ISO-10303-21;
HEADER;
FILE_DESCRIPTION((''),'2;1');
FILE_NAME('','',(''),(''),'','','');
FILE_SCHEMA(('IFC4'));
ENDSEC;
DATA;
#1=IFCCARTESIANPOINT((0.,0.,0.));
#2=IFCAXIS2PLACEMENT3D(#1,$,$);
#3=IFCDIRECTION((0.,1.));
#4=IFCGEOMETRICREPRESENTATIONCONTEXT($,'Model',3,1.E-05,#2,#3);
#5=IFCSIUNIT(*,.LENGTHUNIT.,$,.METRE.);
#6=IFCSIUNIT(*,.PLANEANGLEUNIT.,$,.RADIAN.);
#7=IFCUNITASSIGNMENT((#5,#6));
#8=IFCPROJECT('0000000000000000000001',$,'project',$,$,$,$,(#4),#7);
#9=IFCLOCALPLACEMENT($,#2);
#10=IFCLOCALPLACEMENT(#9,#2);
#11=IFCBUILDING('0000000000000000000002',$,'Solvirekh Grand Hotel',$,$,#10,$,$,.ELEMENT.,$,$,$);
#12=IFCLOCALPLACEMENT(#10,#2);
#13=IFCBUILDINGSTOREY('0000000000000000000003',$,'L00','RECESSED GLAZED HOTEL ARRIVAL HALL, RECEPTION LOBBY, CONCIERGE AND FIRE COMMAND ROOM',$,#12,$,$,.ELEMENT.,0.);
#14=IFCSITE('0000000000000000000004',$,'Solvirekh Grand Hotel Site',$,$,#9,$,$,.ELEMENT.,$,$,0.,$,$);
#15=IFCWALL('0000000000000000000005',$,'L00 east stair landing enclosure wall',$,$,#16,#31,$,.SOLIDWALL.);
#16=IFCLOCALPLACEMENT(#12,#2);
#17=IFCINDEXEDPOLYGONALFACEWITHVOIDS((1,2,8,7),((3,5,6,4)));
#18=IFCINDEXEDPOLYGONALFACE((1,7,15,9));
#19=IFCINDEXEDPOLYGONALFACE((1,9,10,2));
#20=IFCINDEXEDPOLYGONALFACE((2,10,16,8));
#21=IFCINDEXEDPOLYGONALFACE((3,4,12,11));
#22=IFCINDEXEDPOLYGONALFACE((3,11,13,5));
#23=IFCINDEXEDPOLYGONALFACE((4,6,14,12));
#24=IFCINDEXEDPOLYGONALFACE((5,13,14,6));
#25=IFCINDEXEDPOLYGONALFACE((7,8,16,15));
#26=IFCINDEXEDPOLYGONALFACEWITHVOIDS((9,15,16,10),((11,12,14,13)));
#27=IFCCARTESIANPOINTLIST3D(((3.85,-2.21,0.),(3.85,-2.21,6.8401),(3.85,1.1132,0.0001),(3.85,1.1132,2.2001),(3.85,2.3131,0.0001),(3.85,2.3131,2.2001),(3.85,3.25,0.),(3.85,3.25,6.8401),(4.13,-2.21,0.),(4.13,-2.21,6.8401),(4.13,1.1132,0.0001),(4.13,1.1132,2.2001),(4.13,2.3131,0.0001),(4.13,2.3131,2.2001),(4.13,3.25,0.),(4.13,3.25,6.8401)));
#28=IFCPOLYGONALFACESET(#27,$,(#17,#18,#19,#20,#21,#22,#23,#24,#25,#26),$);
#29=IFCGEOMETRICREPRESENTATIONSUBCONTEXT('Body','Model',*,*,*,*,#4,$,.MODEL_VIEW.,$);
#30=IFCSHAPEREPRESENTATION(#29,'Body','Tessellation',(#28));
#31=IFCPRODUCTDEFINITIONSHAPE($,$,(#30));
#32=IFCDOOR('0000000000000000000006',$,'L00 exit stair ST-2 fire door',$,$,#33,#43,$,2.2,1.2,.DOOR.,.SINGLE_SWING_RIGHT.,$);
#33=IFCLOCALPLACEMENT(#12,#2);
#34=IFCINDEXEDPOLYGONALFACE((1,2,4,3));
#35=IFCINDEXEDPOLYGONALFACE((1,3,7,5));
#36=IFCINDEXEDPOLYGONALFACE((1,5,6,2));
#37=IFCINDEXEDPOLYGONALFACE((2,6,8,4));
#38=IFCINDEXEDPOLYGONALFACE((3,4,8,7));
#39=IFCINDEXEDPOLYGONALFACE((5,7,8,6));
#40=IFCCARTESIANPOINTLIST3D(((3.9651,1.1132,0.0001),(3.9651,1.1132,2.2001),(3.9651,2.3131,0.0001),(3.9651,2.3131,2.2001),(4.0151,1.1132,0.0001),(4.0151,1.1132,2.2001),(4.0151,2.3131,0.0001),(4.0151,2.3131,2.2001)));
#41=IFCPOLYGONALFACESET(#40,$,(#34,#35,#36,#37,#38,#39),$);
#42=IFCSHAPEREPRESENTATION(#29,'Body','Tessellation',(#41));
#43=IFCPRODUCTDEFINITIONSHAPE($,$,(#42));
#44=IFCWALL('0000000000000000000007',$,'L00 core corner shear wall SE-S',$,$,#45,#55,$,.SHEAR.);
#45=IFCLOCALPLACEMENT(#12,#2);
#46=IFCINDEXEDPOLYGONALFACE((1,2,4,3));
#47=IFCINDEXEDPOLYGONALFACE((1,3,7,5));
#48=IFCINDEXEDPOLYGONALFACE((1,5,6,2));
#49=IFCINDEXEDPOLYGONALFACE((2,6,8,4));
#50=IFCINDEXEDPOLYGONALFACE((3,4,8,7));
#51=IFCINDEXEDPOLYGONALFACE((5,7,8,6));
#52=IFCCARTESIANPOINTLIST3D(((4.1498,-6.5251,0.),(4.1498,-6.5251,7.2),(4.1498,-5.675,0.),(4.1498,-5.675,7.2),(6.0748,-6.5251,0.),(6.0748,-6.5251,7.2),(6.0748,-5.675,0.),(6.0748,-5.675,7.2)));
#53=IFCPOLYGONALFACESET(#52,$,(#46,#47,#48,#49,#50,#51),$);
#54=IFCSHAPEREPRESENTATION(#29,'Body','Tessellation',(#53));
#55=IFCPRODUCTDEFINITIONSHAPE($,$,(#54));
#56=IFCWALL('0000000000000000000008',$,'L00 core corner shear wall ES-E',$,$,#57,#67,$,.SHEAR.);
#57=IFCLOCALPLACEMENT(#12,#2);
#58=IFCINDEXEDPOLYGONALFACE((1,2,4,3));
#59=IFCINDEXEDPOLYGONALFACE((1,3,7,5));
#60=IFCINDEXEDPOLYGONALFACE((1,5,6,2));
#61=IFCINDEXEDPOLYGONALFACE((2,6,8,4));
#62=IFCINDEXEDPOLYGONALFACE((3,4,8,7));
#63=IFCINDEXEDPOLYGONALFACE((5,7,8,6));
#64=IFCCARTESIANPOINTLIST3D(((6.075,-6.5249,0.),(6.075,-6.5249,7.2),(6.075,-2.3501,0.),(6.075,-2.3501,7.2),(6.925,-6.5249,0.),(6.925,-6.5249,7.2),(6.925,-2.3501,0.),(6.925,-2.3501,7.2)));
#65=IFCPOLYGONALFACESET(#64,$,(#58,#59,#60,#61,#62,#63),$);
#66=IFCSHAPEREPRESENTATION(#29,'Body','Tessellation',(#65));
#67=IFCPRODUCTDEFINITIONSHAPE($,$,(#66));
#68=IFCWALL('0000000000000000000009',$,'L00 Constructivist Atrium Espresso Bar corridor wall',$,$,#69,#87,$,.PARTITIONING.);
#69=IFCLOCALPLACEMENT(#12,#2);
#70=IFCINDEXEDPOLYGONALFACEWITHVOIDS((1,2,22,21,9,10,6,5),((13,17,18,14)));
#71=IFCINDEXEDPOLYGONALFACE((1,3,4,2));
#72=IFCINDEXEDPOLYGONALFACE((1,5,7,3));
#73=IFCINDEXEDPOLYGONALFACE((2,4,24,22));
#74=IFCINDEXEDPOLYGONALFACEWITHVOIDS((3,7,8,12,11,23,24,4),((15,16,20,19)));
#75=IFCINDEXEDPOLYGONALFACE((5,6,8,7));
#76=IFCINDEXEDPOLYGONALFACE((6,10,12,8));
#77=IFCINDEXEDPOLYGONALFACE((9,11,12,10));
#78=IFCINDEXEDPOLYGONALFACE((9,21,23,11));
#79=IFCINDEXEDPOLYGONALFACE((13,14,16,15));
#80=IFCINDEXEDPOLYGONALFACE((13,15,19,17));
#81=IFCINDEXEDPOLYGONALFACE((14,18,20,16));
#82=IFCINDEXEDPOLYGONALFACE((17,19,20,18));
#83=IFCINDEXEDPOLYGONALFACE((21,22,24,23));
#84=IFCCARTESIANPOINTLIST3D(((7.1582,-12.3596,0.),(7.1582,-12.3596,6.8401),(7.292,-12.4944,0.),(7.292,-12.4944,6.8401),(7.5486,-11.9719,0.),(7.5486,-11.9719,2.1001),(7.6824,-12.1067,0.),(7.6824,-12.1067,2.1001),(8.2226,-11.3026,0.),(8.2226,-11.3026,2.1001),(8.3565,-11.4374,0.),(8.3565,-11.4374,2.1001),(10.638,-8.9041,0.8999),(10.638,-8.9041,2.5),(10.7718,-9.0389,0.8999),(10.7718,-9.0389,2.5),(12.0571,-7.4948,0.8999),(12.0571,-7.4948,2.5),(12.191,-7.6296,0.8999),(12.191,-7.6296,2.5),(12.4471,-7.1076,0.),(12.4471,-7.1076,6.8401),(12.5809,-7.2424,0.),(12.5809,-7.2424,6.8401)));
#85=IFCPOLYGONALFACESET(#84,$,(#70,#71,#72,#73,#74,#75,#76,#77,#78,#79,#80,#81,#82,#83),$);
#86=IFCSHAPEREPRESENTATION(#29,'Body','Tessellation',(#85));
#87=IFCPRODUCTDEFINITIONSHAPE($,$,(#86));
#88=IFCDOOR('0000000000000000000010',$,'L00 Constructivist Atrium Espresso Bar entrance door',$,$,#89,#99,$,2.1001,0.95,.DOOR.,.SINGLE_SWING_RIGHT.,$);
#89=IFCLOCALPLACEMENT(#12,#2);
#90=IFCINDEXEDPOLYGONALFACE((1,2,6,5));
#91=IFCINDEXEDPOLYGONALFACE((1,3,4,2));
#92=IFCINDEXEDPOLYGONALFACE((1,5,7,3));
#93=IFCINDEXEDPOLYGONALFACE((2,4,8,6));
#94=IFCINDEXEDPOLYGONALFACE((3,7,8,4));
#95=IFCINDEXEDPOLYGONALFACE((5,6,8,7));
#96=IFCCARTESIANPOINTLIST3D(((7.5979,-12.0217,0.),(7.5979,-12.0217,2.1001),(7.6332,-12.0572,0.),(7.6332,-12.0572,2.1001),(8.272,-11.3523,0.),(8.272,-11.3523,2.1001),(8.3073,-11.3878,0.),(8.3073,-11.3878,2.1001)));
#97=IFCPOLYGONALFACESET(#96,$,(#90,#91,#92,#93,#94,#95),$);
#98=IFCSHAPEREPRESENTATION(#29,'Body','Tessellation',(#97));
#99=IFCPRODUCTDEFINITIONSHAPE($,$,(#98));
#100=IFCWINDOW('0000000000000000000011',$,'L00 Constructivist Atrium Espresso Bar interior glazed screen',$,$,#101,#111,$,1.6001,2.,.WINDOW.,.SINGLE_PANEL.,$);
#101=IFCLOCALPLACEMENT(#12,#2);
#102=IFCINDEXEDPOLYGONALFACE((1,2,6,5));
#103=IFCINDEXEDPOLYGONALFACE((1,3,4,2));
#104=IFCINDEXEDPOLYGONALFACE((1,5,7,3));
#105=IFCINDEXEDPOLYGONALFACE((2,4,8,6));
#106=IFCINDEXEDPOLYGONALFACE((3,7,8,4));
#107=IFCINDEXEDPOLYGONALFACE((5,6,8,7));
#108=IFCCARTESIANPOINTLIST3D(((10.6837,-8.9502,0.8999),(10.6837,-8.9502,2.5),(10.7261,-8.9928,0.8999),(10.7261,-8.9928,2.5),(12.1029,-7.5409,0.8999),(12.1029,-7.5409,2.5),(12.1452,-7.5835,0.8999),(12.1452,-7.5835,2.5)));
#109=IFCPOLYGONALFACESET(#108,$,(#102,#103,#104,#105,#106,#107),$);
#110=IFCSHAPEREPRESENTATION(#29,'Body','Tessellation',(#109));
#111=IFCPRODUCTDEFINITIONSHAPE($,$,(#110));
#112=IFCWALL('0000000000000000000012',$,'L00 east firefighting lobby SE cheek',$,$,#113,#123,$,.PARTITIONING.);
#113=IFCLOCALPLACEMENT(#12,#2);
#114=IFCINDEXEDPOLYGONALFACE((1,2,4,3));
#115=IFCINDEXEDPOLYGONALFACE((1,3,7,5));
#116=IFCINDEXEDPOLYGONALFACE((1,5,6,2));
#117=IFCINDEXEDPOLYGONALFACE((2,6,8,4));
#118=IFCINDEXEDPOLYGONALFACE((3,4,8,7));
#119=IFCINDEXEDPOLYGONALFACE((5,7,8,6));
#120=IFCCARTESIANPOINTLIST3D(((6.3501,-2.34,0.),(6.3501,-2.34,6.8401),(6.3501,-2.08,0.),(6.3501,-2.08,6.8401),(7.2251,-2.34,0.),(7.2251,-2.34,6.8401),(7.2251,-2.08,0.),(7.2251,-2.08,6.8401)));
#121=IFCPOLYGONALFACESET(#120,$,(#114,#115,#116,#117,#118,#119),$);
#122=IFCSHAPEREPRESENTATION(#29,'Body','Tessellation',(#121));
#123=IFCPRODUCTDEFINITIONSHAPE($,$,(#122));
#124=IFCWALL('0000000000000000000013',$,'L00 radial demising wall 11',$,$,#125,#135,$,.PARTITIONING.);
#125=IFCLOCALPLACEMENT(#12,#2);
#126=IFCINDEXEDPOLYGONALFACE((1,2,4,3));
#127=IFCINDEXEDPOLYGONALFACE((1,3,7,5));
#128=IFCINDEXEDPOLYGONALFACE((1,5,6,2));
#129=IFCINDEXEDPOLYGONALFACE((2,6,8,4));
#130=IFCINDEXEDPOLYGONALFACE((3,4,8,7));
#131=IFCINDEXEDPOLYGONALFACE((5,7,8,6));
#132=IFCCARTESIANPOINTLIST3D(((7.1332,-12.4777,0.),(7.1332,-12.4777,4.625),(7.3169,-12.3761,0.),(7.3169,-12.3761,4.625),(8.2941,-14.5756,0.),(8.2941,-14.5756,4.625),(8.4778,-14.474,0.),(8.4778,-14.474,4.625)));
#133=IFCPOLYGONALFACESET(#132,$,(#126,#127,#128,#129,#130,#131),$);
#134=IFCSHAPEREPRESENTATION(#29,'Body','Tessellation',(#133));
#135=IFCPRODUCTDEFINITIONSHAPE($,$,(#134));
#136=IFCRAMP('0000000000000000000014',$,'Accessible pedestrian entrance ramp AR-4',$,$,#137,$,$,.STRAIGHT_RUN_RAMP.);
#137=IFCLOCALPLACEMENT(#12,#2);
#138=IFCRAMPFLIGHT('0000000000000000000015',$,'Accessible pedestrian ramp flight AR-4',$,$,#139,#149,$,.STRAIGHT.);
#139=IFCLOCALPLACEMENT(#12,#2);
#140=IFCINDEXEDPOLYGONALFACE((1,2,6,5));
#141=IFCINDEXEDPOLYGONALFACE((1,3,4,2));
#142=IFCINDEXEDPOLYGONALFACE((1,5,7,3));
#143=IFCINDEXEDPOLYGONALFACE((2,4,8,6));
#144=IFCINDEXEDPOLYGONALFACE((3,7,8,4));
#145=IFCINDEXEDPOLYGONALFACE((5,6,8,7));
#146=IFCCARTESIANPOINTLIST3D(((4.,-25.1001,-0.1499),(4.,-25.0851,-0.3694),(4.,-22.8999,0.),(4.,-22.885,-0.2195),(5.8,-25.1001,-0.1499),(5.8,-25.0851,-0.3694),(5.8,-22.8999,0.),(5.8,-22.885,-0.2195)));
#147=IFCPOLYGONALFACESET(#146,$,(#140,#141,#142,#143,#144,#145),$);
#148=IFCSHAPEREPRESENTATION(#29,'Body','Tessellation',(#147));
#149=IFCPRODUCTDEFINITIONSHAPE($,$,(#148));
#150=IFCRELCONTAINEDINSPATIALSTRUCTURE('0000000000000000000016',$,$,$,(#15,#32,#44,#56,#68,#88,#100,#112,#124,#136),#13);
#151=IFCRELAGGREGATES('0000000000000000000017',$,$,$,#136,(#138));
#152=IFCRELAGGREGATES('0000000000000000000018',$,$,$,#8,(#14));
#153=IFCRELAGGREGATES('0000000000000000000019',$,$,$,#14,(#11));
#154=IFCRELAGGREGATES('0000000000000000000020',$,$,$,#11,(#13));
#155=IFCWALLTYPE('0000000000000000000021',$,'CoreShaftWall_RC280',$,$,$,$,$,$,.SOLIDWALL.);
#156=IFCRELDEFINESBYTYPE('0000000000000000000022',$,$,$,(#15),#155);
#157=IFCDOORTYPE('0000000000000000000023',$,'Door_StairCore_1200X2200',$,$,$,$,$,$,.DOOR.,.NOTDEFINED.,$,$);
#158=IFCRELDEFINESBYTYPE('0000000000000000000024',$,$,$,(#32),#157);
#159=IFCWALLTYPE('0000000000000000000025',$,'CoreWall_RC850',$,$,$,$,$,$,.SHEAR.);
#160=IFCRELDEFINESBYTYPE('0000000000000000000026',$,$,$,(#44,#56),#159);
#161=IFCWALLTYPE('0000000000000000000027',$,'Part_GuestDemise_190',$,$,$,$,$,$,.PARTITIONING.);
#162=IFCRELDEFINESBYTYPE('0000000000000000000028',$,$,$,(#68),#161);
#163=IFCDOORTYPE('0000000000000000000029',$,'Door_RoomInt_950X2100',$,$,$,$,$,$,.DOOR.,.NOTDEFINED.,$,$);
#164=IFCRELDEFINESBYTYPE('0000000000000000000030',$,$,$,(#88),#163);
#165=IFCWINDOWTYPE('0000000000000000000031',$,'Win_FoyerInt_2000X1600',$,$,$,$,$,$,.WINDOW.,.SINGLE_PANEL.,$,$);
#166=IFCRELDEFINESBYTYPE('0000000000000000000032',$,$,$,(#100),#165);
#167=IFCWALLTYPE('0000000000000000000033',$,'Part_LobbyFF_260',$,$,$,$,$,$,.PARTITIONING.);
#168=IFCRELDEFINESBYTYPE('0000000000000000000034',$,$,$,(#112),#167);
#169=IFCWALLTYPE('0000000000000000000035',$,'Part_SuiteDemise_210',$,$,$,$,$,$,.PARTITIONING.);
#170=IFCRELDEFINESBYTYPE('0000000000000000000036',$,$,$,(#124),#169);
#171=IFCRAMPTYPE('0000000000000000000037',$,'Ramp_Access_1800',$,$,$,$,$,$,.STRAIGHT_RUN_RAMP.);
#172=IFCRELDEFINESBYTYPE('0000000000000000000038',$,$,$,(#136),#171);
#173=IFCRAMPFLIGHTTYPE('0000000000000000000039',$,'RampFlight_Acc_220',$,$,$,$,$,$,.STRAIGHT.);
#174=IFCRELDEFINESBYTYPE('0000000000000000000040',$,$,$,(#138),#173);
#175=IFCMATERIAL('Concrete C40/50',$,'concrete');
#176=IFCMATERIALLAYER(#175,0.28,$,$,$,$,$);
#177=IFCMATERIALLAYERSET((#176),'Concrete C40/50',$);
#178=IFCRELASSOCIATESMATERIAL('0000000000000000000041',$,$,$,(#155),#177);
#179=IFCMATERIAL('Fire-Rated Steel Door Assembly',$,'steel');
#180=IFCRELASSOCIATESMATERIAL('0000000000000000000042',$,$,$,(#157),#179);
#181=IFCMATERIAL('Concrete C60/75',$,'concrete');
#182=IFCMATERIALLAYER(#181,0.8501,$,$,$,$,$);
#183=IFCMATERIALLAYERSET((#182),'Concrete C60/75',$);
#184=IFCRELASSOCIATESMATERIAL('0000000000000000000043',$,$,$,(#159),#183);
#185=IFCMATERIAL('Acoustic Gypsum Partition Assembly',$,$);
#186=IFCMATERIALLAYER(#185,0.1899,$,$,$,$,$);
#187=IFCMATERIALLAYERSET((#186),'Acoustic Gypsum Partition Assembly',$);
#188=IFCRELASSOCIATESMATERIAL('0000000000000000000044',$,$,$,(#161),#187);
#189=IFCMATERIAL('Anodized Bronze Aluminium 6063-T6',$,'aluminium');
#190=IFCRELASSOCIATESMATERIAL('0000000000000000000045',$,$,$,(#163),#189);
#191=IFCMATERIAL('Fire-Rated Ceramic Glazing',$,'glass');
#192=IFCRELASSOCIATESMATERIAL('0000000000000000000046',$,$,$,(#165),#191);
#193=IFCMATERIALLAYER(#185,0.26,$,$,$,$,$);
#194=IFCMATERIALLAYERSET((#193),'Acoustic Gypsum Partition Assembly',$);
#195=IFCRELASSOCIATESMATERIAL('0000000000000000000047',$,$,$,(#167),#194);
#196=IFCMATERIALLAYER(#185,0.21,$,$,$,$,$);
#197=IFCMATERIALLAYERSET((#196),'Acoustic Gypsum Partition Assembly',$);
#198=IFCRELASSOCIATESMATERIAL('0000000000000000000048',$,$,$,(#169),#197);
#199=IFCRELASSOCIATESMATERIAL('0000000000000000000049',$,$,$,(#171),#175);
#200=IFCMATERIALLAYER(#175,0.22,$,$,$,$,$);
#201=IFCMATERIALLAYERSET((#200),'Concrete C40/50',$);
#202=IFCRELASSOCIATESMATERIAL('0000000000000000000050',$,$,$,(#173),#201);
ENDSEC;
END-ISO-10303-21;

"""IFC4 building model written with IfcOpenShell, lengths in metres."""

from ifc_helpers import new_model, si_unit, direction, frame, frame_2d, origin, place, context, subcontext, project, spatial, polyline, rectangle, outline, extrude, material, layer, layer_set, type_object, element, fill, aggregate, save


model = new_model("IFC4")

# Units and contexts
model_context = context("Model", 3, precision=1e-05, world=origin(), true_north=direction((0.0, 1.0)))
body_context = subcontext(model_context, "Body", "Model", "MODEL_VIEW")
ifc_project = project(units=[si_unit("LENGTHUNIT", "METRE"), si_unit("PLANEANGLEUNIT", "RADIAN")], contexts=[model_context])

# Site, building, storey
site_placement = place(None, origin())
site = spatial("IfcSite", under=ifc_project, at=site_placement, Name="Solvirekh Grand Hotel Site", CompositionType="ELEMENT", RefElevation=0.0)
building_placement = place(site_placement, origin())
building = spatial("IfcBuilding", under=site, at=building_placement, Name="Solvirekh Grand Hotel", CompositionType="ELEMENT")
storey_placement = place(building_placement, origin())
storey = spatial("IfcBuildingStorey", under=building, at=storey_placement, Name="L00", Description="RECESSED GLAZED HOTEL ARRIVAL HALL, RECEPTION LOBBY, CONCIERGE AND FIRE COMMAND ROOM", CompositionType="ELEMENT", Elevation=0.0)

# Shared definitions
ifc_material_1 = material(Name="Concrete C60/75", Category="concrete")

# Shared definitions
ifc_material_2 = material(Name="Concrete C40/50", Category="concrete")
ifc_layer_1 = layer(ifc_material_2, 0.28)
ifc_layer_set_1 = layer_set([ifc_layer_1], Name="Concrete C40/50")
wall_type_1 = type_object("IfcWallType", Name="CoreShaftWall_RC280", PredefinedType="SOLIDWALL", material=ifc_layer_set_1)

# Shared definitions
ifc_material_3 = material(Name="Fire-Rated Steel Door Assembly", Category="steel")

# Wall, opening, door
wall_1_placement = place(storey_placement, frame((3.99, -2.21, 0.0), z_axis=(0.0, 0.0, 1.0), x_axis=(0.0, 1.0, 0.0)))
wall_1 = element("IfcWall", 1, at=wall_1_placement, inside=storey, type_object=wall_type_1, Name="L00 east stair landing enclosure wall", PredefinedType="SOLIDWALL", context=body_context, shape_type="SweptSolid", body=[
    extrude(rectangle(XDim=5.46, YDim=0.28, at=frame_2d((2.73, 0.0))), origin(), (0.0, 0.0, 1.0), 6.8401),
])
opening_1_placement = place(wall_1_placement, frame((3.323, 0.0, 0.0)))
opening_1 = element("IfcOpeningElement", 2, at=opening_1_placement, cuts=wall_1, PredefinedType="OPENING", context=body_context, shape_type="SweptSolid", body=[
    extrude(rectangle(XDim=1.2, YDim=2.2, at=frame_2d((0.6001, 1.1001))), frame((0.0, 0.1499, 0.0), z_axis=(0.0, -1.0, 0.0), x_axis=(1.0, 0.0, 0.0)), (0.0, 0.0, 1.0), 0.3),
])
door_type_1 = type_object("IfcDoorType", Name="Door_StairCore_1200X2200", OperationType="NOTDEFINED", PredefinedType="DOOR", material=ifc_material_3)
door_1_placement = place(opening_1_placement, origin())
door_1 = element("IfcDoor", 3, at=door_1_placement, inside=storey, type_object=door_type_1, Name="L00 exit stair ST-2 fire door", OperationType="SINGLE_SWING_RIGHT", OverallHeight=2.2, OverallWidth=1.2, PredefinedType="DOOR", context=body_context, shape_type="SweptSolid", body=[
    extrude(rectangle(XDim=1.2, YDim=2.2, at=frame_2d((0.6001, 1.1001))), frame((0.0, 0.0249, 0.0), z_axis=(0.0, -1.0, 0.0), x_axis=(1.0, 0.0, 0.0)), (0.0, 0.0, 1.0), 0.05),
])
fill(opening_1, door_1)

# Walls
ifc_layer_2 = layer(ifc_material_1, 0.8501)
ifc_layer_set_2 = layer_set([ifc_layer_2], Name="Concrete C60/75")
wall_type_2 = type_object("IfcWallType", Name="CoreWall_RC850", PredefinedType="SHEAR", material=ifc_layer_set_2)
wall_2_placement = place(storey_placement, frame((4.1499, -6.1001, 0.0), z_axis=(0.0, 0.0, 1.0), x_axis=(1.0, 0.0, 0.0)))
element("IfcWall", 4, at=wall_2_placement, inside=storey, type_object=wall_type_2, Name="L00 core corner shear wall SE-S", PredefinedType="SHEAR", context=body_context, shape_type="SweptSolid", body=[
    extrude(rectangle(XDim=1.925, YDim=0.8501, at=frame_2d((0.9624, 0.0))), origin(), (0.0, 0.0, 1.0), 7.2),
])
wall_3_placement = place(storey_placement, frame((6.5, -6.5249, 0.0), z_axis=(0.0, 0.0, 1.0), x_axis=(0.0, 1.0, 0.0)))
element("IfcWall", 5, at=wall_3_placement, inside=storey, type_object=wall_type_2, Name="L00 core corner shear wall ES-E", PredefinedType="SHEAR", context=body_context, shape_type="SweptSolid", body=[
    extrude(rectangle(XDim=4.1748, YDim=0.8501, at=frame_2d((2.0874, 0.0))), origin(), (0.0, 0.0, 1.0), 7.2),
])

# Shared definitions
ifc_material_4 = material(Name="Anodized Bronze Aluminium 6063-T6", Category="aluminium")

# Wall, openings, door, window
ifc_material_5 = material(Name="Acoustic Gypsum Partition Assembly")
ifc_layer_3 = layer(ifc_material_5, 0.1899)
ifc_layer_set_3 = layer_set([ifc_layer_3], Name="Acoustic Gypsum Partition Assembly")
wall_type_3 = type_object("IfcWallType", Name="Part_GuestDemise_190", PredefinedType="PARTITIONING", material=ifc_layer_set_3)
wall_4_placement = place(storey_placement, frame((7.2251, -12.427, 0.0), z_axis=(0.0, 0.0, 1.0), x_axis=(0.709575, 0.704629, 0.0)))
wall_4 = element("IfcWall", 6, at=wall_4_placement, inside=storey, type_object=wall_type_3, Name="L00 Constructivist Atrium Espresso Bar corridor wall", PredefinedType="PARTITIONING", context=body_context, shape_type="SweptSolid", body=[
    extrude(rectangle(XDim=7.4536, YDim=0.1899, at=frame_2d((3.7268, 0.0))), origin(), (0.0, 0.0, 1.0), 6.8401),
])
opening_2_placement = place(wall_4_placement, frame((0.55, 0.0, 0.0)))
opening_2 = element("IfcOpeningElement", 7, at=opening_2_placement, cuts=wall_4, PredefinedType="OPENING", context=body_context, shape_type="SweptSolid", body=[
    extrude(rectangle(XDim=0.95, YDim=2.1001, at=frame_2d((0.4751, 1.05))), frame((0.0, 0.105, 0.0), z_axis=(0.0, -1.0, 0.0), x_axis=(1.0, 0.0, 0.0)), (0.0, 0.0, 1.0), 0.21),
])
opening_3_placement = place(wall_4_placement, frame((4.9041, 0.0, 0.8999)))
opening_3 = element("IfcOpeningElement", 8, at=opening_3_placement, cuts=wall_4, PredefinedType="OPENING", context=body_context, shape_type="SweptSolid", body=[
    extrude(rectangle(XDim=2.0, YDim=1.6001, at=frame_2d((1.0, 0.8))), frame((0.0, 0.105, 0.0), z_axis=(0.0, -1.0, 0.0), x_axis=(1.0, 0.0, 0.0)), (0.0, 0.0, 1.0), 0.21),
])
door_type_2 = type_object("IfcDoorType", Name="Door_RoomInt_950X2100", OperationType="NOTDEFINED", PredefinedType="DOOR", material=ifc_material_4)
door_2_placement = place(opening_2_placement, origin())
door_2 = element("IfcDoor", 9, at=door_2_placement, inside=storey, type_object=door_type_2, Name="L00 Constructivist Atrium Espresso Bar entrance door", OperationType="SINGLE_SWING_RIGHT", OverallHeight=2.1001, OverallWidth=0.95, PredefinedType="DOOR", context=body_context, shape_type="SweptSolid", body=[
    extrude(rectangle(XDim=0.95, YDim=2.1001, at=frame_2d((0.4751, 1.05))), frame((0.0, 0.0249, 0.0), z_axis=(0.0, -1.0, 0.0), x_axis=(1.0, 0.0, 0.0)), (0.0, 0.0, 1.0), 0.05),
])
fill(opening_2, door_2)
ifc_material_6 = material(Name="Fire-Rated Ceramic Glazing", Category="glass")
window_type = type_object("IfcWindowType", Name="Win_FoyerInt_2000X1600", PartitioningType="SINGLE_PANEL", PredefinedType="WINDOW", material=ifc_material_6)
window_placement = place(opening_3_placement, origin())
window = element("IfcWindow", 10, at=window_placement, inside=storey, type_object=window_type, Name="L00 Constructivist Atrium Espresso Bar interior glazed screen", OverallHeight=1.6001, OverallWidth=2.0, PartitioningType="SINGLE_PANEL", PredefinedType="WINDOW", context=body_context, shape_type="SweptSolid", body=[
    extrude(rectangle(XDim=2.0, YDim=1.6001, at=frame_2d((1.0, 0.8))), frame((0.0, 0.03, 0.0), z_axis=(0.0, -1.0, 0.0), x_axis=(1.0, 0.0, 0.0)), (0.0, 0.0, 1.0), 0.0601),
])
fill(opening_3, window)

# Walls
ifc_layer_4 = layer(ifc_material_5, 0.26)
ifc_layer_set_4 = layer_set([ifc_layer_4], Name="Acoustic Gypsum Partition Assembly")
wall_type_4 = type_object("IfcWallType", Name="Part_LobbyFF_260", PredefinedType="PARTITIONING", material=ifc_layer_set_4)
wall_5_placement = place(storey_placement, frame((6.3501, -2.21, 0.0), z_axis=(0.0, 0.0, 1.0), x_axis=(1.0, 0.0, 0.0)))
element("IfcWall", 11, at=wall_5_placement, inside=storey, type_object=wall_type_4, Name="L00 east firefighting lobby SE cheek", PredefinedType="PARTITIONING", context=body_context, shape_type="SweptSolid", body=[
    extrude(rectangle(XDim=0.875, YDim=0.26, at=frame_2d((0.4375, 0.0))), origin(), (0.0, 0.0, 1.0), 6.8401),
])
ifc_layer_5 = layer(ifc_material_5, 0.21)
ifc_layer_set_5 = layer_set([ifc_layer_5], Name="Acoustic Gypsum Partition Assembly")
wall_type_5 = type_object("IfcWallType", Name="Part_SuiteDemise_210", PredefinedType="PARTITIONING", material=ifc_layer_set_5)
wall_6_placement = place(storey_placement, frame((7.2251, -12.427, 0.0), z_axis=(0.0, 0.0, 1.0), x_axis=(0.484173, -0.874973, 0.0)))
element("IfcWall", 12, at=wall_6_placement, inside=storey, type_object=wall_type_5, Name="L00 radial demising wall 11", PredefinedType="PARTITIONING", context=body_context, shape_type="SweptSolid", body=[
    extrude(rectangle(XDim=2.3977, YDim=0.21, at=frame_2d((1.1987, 0.0))), origin(), (0.0, 0.0, 1.0), 4.625),
])

# Ramp, ramp flight
ramp_type = type_object("IfcRampType", Name="Ramp_Access_1800", PredefinedType="STRAIGHT_RUN_RAMP", material=ifc_material_2)
ramp_placement = place(storey_placement, origin())
ramp = element("IfcRamp", 13, at=ramp_placement, inside=storey, type_object=ramp_type, Name="Accessible pedestrian entrance ramp AR-4", PredefinedType="STRAIGHT_RUN_RAMP")
ifc_layer_6 = layer(ifc_material_2, 0.22)
ifc_layer_set_6 = layer_set([ifc_layer_6], Name="Concrete C40/50")
ramp_flight_type = type_object("IfcRampFlightType", Name="RampFlight_Acc_220", PredefinedType="STRAIGHT", material=ifc_layer_set_6)
ramp_flight_placement = place(storey_placement, frame((4.0, -25.1001, -0.1499), z_axis=(0.0, -0.067974, 0.997687), x_axis=(1.0, 0.0, 0.0)))
ramp_flight = element("IfcRampFlight", 14, at=ramp_flight_placement, type_object=ramp_flight_type, Name="Accessible pedestrian ramp flight AR-4", PredefinedType="STRAIGHT", context=body_context, shape_type="SweptSolid", body=[
    extrude(outline(polyline([(0.0, 0.0), (1.8, 0.0), (1.8, 2.2053), (0.0, 2.2053), (0.0, 0.0)])), origin(), (0.0, 0.0, -1.0), 0.22),
])
aggregate(ramp, [ramp_flight])

save(model, "model.ifc")
